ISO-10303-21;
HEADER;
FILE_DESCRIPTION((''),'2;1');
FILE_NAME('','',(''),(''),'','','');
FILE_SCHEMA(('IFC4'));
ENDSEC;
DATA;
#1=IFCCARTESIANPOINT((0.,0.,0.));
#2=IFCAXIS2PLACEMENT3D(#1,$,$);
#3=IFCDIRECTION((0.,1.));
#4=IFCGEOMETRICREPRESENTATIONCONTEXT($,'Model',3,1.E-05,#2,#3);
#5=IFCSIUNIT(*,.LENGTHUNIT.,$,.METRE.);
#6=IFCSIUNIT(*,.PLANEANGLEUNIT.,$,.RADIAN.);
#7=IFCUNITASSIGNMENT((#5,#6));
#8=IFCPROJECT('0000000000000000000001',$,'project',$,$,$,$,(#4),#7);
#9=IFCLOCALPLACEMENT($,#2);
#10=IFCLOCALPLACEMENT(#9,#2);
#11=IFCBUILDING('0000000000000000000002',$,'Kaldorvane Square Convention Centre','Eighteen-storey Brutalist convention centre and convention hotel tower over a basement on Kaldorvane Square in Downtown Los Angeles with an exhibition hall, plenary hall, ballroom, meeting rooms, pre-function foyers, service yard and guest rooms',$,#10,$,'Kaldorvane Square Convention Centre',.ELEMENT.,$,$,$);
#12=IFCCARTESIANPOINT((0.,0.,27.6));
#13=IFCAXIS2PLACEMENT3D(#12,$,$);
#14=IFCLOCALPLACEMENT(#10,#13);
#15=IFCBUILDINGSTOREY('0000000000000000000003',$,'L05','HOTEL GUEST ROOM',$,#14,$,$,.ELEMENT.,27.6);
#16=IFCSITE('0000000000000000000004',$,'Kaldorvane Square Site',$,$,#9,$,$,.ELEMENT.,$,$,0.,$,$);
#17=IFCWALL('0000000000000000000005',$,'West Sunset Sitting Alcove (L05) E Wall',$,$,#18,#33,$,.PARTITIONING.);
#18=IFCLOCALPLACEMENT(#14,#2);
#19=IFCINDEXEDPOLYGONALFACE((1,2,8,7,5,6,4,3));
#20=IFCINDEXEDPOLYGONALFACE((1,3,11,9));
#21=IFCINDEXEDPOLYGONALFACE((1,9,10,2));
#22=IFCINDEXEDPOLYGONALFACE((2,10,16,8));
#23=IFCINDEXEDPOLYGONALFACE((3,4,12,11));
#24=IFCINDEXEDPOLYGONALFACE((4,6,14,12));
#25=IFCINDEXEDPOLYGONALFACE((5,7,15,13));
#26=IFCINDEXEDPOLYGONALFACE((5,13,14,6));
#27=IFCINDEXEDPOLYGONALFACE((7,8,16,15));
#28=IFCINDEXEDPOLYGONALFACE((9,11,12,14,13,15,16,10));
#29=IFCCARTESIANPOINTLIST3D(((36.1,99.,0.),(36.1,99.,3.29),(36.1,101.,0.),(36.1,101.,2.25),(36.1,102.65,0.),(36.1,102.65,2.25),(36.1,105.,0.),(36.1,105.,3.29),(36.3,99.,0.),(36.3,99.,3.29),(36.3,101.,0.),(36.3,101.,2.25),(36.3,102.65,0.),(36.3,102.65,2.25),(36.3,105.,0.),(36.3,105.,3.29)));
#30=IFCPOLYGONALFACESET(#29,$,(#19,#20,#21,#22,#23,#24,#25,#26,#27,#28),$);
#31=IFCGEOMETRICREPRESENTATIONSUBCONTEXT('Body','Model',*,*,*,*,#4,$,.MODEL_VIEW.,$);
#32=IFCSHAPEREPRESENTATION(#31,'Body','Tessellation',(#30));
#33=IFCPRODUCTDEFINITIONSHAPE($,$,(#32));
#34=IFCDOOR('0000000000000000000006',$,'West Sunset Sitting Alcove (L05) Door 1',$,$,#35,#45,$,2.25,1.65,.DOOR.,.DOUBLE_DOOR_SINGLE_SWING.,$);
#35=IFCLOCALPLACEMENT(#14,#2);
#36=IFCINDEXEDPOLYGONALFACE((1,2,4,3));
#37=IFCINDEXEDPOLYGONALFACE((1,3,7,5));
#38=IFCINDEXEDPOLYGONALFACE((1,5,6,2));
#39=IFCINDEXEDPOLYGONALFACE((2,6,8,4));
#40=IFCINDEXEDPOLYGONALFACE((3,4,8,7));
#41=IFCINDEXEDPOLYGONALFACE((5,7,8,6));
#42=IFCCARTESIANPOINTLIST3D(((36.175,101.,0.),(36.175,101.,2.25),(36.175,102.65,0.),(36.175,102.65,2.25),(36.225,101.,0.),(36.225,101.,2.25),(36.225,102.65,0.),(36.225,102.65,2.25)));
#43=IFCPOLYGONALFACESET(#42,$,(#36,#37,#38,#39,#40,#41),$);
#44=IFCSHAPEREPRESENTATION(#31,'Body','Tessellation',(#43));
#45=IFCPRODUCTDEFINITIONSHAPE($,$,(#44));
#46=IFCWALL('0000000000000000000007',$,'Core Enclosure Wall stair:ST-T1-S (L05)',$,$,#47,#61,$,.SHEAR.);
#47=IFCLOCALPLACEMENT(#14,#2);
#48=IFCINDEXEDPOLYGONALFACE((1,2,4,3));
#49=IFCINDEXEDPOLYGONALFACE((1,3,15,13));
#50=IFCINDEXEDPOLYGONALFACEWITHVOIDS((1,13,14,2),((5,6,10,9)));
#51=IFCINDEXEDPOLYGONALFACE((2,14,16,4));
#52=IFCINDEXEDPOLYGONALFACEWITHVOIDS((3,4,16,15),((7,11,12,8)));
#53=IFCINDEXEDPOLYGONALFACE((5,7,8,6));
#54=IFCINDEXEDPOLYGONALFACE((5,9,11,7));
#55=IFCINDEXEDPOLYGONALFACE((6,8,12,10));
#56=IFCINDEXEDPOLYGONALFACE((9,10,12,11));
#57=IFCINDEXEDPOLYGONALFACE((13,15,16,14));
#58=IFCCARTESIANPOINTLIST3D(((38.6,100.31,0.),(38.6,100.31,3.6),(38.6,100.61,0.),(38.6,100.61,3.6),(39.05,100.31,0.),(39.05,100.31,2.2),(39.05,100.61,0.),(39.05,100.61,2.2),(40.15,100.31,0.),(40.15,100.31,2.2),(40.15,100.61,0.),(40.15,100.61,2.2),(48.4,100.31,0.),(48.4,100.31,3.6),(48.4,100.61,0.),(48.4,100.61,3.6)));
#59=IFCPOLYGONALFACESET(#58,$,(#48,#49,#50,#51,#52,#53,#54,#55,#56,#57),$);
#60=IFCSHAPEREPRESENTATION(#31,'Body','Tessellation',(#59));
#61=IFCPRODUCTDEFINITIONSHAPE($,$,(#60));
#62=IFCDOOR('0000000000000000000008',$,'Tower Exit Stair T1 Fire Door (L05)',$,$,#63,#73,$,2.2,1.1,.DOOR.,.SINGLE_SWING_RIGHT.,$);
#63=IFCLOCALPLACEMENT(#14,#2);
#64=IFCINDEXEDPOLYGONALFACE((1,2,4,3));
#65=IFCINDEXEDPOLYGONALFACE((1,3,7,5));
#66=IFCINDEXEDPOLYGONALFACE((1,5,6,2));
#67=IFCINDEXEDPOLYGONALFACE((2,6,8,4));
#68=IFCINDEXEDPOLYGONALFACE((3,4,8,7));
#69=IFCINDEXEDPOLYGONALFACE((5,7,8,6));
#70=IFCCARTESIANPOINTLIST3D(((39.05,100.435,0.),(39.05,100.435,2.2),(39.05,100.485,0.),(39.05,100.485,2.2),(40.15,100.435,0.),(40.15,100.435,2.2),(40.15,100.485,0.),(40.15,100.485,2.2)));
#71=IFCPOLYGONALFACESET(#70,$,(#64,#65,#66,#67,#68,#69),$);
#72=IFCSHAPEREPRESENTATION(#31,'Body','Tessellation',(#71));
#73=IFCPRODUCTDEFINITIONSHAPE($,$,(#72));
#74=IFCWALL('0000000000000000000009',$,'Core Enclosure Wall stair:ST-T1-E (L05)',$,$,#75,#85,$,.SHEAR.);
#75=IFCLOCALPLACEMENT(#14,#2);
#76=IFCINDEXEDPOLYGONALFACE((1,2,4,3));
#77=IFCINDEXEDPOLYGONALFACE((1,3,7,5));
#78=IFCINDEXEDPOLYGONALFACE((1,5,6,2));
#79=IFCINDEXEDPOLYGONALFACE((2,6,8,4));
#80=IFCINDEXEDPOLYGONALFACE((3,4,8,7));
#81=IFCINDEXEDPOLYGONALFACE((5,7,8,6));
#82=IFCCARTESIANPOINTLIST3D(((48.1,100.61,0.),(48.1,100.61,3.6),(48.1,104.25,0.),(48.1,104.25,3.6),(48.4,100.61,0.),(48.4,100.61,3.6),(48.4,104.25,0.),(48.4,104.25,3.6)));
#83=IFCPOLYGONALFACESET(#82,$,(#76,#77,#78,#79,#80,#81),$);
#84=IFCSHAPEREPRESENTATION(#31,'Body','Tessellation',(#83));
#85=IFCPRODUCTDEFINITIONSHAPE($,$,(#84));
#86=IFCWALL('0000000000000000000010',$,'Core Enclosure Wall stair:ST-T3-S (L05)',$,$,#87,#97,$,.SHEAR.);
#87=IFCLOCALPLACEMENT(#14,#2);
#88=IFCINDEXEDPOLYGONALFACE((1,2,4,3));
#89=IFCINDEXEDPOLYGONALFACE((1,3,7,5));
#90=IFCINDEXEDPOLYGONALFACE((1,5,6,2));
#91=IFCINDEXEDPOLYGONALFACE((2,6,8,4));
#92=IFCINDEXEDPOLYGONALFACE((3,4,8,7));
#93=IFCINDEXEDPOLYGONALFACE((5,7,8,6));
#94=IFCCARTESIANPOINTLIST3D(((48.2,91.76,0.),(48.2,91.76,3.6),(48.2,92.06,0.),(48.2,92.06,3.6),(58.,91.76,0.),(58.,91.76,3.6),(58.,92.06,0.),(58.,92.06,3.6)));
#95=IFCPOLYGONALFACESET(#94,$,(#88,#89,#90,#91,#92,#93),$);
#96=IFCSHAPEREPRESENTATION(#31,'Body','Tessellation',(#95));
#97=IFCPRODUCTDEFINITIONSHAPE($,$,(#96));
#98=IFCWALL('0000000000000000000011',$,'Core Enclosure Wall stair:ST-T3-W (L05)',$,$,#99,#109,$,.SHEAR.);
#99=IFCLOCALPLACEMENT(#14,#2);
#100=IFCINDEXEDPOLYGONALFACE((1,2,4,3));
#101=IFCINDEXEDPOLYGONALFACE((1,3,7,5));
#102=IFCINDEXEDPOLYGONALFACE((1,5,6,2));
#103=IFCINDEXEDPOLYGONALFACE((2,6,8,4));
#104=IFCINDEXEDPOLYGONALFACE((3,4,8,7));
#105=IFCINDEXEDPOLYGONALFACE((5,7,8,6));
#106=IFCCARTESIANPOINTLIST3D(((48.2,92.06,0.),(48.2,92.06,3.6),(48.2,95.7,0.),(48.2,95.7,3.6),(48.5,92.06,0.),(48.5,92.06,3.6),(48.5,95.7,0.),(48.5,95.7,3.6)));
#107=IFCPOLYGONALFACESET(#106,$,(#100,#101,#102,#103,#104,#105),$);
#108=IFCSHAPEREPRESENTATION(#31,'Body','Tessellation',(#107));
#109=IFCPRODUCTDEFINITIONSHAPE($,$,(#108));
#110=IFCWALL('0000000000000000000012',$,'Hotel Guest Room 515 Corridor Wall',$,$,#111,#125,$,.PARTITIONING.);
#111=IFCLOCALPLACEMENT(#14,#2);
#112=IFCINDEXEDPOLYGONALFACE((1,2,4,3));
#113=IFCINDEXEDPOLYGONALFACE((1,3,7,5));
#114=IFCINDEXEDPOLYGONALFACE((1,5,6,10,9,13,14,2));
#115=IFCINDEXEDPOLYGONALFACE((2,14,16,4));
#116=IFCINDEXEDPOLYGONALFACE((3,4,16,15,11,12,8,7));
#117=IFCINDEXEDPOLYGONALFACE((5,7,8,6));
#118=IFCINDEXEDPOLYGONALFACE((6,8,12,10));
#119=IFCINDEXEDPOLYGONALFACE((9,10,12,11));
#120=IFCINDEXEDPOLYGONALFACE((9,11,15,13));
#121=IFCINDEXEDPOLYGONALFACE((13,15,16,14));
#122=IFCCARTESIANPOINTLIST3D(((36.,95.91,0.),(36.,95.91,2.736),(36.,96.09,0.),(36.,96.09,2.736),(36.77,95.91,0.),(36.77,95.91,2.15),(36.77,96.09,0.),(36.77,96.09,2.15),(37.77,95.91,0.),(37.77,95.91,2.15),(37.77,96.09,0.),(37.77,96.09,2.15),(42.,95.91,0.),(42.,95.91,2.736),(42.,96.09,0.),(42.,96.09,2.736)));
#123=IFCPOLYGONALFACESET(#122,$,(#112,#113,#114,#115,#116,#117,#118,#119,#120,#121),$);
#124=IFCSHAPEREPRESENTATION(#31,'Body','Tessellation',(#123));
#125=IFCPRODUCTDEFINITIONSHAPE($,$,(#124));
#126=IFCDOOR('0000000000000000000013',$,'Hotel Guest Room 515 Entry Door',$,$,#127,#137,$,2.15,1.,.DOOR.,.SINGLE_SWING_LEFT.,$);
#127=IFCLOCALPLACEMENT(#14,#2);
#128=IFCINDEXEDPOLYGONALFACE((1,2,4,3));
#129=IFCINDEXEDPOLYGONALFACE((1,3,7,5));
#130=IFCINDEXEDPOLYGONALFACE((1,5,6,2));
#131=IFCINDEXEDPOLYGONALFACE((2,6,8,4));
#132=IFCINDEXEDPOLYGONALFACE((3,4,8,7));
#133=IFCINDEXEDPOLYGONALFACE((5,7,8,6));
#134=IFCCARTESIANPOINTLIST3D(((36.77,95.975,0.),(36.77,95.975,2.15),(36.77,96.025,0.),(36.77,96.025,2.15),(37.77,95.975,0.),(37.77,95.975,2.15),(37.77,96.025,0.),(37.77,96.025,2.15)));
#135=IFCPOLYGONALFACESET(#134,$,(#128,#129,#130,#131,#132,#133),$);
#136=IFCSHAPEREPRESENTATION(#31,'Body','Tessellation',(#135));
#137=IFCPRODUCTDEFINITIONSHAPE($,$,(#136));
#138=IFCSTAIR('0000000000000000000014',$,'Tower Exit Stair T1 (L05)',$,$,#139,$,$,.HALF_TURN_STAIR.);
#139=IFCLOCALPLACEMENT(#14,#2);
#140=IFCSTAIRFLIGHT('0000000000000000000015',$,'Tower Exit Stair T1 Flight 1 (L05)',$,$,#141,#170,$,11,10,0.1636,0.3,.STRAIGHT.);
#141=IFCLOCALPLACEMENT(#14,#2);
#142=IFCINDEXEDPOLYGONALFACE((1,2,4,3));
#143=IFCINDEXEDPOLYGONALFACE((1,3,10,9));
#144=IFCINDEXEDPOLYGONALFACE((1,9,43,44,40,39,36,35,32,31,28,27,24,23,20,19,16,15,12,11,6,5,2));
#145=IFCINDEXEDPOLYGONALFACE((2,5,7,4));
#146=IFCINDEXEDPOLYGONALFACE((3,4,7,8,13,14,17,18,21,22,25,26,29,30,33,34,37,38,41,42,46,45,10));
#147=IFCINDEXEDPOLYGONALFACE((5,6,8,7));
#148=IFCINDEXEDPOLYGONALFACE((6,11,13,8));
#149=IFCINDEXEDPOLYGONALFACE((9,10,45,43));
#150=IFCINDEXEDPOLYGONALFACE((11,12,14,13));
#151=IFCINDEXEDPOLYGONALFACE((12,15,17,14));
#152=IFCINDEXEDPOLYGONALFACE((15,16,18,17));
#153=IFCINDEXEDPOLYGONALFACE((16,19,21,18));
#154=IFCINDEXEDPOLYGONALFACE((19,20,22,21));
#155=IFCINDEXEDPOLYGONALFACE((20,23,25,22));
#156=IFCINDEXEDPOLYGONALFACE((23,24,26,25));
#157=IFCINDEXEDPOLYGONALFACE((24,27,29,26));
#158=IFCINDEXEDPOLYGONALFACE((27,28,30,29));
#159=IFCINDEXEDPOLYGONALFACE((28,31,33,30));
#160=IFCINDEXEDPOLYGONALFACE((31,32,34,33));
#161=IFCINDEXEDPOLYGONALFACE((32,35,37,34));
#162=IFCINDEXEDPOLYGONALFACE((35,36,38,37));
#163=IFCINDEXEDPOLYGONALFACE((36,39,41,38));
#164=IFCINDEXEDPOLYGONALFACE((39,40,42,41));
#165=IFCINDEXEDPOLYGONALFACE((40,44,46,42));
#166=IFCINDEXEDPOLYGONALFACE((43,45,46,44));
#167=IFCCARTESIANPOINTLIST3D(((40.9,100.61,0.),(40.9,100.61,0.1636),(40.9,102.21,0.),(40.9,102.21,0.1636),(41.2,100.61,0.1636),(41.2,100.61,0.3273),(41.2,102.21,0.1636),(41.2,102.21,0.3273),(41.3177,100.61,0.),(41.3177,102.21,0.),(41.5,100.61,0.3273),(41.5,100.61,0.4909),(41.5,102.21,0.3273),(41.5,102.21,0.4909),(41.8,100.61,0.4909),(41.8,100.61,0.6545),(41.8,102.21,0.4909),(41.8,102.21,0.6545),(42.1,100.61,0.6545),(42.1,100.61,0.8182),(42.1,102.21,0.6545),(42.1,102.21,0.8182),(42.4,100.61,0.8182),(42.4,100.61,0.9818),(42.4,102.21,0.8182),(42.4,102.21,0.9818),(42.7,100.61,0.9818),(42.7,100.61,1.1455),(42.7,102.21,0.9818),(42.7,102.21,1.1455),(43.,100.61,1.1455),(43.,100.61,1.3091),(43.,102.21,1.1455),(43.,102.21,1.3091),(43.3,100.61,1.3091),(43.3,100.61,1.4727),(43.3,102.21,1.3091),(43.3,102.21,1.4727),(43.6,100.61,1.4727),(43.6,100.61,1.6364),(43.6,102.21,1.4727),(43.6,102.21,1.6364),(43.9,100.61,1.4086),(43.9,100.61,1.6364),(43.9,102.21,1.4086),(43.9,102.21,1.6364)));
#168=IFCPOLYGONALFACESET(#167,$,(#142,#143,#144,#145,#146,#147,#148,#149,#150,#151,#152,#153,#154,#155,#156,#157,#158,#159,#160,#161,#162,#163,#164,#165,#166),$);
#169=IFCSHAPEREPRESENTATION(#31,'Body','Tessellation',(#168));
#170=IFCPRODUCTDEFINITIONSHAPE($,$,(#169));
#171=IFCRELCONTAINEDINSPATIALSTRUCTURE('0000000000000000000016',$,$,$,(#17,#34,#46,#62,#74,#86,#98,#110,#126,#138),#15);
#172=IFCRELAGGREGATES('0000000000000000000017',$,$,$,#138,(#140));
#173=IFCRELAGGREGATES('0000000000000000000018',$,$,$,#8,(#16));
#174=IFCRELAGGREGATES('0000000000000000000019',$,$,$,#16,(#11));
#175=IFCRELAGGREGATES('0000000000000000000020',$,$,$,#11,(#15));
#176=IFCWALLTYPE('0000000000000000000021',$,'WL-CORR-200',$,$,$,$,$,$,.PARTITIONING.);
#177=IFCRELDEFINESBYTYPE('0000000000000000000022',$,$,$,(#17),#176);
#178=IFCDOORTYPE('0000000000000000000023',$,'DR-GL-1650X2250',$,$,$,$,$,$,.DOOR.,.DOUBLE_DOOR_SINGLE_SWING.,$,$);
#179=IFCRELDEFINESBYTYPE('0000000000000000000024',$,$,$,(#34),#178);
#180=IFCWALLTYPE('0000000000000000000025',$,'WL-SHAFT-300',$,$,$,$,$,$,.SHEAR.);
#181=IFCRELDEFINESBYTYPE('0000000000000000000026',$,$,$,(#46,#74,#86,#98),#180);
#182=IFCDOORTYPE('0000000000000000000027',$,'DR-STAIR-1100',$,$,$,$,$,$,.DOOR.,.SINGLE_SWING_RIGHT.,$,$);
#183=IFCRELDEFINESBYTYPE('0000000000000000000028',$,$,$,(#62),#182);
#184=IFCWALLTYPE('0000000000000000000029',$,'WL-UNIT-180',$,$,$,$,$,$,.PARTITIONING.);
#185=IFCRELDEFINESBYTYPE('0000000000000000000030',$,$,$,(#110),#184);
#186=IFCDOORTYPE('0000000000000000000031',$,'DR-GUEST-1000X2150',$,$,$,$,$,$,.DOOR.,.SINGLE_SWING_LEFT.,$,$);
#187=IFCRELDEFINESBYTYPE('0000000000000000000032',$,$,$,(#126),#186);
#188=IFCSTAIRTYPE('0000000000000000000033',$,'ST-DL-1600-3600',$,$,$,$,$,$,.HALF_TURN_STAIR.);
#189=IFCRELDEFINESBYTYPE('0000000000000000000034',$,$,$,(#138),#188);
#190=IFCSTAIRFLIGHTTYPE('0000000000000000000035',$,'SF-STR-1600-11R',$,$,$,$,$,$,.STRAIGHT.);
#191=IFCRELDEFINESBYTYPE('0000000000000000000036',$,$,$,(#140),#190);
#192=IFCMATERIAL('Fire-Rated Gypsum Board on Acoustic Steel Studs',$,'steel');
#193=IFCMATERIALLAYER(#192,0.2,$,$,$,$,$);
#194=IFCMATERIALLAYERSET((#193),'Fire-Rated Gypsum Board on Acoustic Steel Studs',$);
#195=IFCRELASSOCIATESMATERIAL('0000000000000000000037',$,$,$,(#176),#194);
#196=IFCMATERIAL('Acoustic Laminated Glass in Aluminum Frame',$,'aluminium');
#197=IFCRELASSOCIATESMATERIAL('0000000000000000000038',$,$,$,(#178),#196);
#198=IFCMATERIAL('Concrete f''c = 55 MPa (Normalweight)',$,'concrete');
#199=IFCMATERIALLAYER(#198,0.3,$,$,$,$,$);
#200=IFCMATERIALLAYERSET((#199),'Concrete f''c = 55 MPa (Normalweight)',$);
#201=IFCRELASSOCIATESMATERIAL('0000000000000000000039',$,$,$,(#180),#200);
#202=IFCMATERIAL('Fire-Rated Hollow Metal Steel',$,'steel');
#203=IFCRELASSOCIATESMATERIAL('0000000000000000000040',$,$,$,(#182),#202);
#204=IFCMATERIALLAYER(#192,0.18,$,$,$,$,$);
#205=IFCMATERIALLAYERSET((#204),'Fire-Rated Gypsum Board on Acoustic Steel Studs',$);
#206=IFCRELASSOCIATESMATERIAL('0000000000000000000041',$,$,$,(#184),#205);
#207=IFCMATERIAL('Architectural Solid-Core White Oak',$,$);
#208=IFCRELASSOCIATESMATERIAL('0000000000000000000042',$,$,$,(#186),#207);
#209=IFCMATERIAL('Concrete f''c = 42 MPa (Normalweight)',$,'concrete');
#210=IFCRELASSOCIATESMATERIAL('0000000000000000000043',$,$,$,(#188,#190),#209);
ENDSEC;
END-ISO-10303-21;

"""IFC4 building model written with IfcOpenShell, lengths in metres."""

from ifc_helpers import new_model, si_unit, direction, frame, frame_2d, origin, place, context, subcontext, project, spatial, polyline, rectangle, outline, extrude, material, layer, layer_set, type_object, element, fill, aggregate, save


model = new_model("IFC4")

# Units and contexts
model_context = context("Model", 3, precision=1e-05, world=origin(), true_north=direction((0.0, 1.0)))
body_context = subcontext(model_context, "Body", "Model", "MODEL_VIEW")
ifc_project = project(units=[si_unit("LENGTHUNIT", "METRE"), si_unit("PLANEANGLEUNIT", "RADIAN")], contexts=[model_context])

# Site, building, storey
site_placement = place(None, origin())
site = spatial("IfcSite", under=ifc_project, at=site_placement, Name="Kaldorvane Square Site", CompositionType="ELEMENT", RefElevation=0.0)
building_placement = place(site_placement, origin())
building = spatial("IfcBuilding", under=site, at=building_placement, Name="Kaldorvane Square Convention Centre", Description="Eighteen-storey Brutalist convention centre and convention hotel tower over a basement on Kaldorvane Square in Downtown Los Angeles with an exhibition hall, plenary hall, ballroom, meeting rooms, pre-function foyers, service yard and guest rooms", LongName="Kaldorvane Square Convention Centre", CompositionType="ELEMENT")
storey_placement = place(building_placement, frame((0.0, 0.0, 27.6)))
storey = spatial("IfcBuildingStorey", under=building, at=storey_placement, Name="L05", Description="HOTEL GUEST ROOM", CompositionType="ELEMENT", Elevation=27.6)

# Shared definitions
ifc_material_1 = material(Name="Fire-Rated Gypsum Board on Acoustic Steel Studs", Category="steel")
ifc_material_2 = material(Name="Architectural Solid-Core White Oak")

# Walls, openings, doors
ifc_layer_1 = layer(ifc_material_1, 0.2)
ifc_layer_set_1 = layer_set([ifc_layer_1], Name="Fire-Rated Gypsum Board on Acoustic Steel Studs")
wall_type_1 = type_object("IfcWallType", Name="WL-CORR-200", PredefinedType="PARTITIONING", material=ifc_layer_set_1)
ifc_material_3 = material(Name="Acoustic Laminated Glass in Aluminum Frame", Category="aluminium")
wall_1_placement = place(storey_placement, frame((36.2, 99.0, 0.0), z_axis=(0.0, 0.0, 1.0), x_axis=(0.0, 1.0, 0.0)))
wall_1 = element("IfcWall", 1, at=wall_1_placement, inside=storey, type_object=wall_type_1, Name="West Sunset Sitting Alcove (L05) E Wall", PredefinedType="PARTITIONING", context=body_context, shape_type="SweptSolid", body=[
    extrude(rectangle(XDim=6.0, YDim=0.2, at=frame_2d((3.0, 0.0))), origin(), (0.0, 0.0, 1.0), 3.29),
])
opening_1_placement = place(wall_1_placement, frame((2.0, 0.0, 0.0)))
opening_1 = element("IfcOpeningElement", 2, at=opening_1_placement, cuts=wall_1, PredefinedType="OPENING", context=body_context, shape_type="SweptSolid", body=[
    extrude(rectangle(XDim=1.65, YDim=2.25, at=frame_2d((0.825, 1.125))), frame((0.0, 0.115, 0.0), z_axis=(0.0, -1.0, 0.0), x_axis=(1.0, 0.0, 0.0)), (0.0, 0.0, 1.0), 0.23),
])
door_type_1 = type_object("IfcDoorType", Name="DR-GL-1650X2250", OperationType="DOUBLE_DOOR_SINGLE_SWING", PredefinedType="DOOR", material=ifc_material_3)
door_1_placement = place(opening_1_placement, origin())
door_1 = element("IfcDoor", 3, at=door_1_placement, inside=storey, type_object=door_type_1, Name="West Sunset Sitting Alcove (L05) Door 1", OperationType="DOUBLE_DOOR_SINGLE_SWING", OverallHeight=2.25, OverallWidth=1.65, PredefinedType="DOOR", context=body_context, shape_type="SweptSolid", body=[
    extrude(rectangle(XDim=1.65, YDim=2.25, at=frame_2d((0.825, 1.125))), frame((0.0, 0.025, 0.0), z_axis=(0.0, -1.0, 0.0), x_axis=(1.0, 0.0, 0.0)), (0.0, 0.0, 1.0), 0.05),
])
fill(opening_1, door_1)
ifc_material_4 = material(Name="Concrete f'c = 55 MPa (Normalweight)", Category="concrete")
ifc_layer_2 = layer(ifc_material_4, 0.3)
ifc_layer_set_2 = layer_set([ifc_layer_2], Name="Concrete f'c = 55 MPa (Normalweight)")
wall_type_2 = type_object("IfcWallType", Name="WL-SHAFT-300", PredefinedType="SHEAR", material=ifc_layer_set_2)
wall_2_placement = place(storey_placement, frame((38.6, 100.46, 0.0), z_axis=(0.0, 0.0, 1.0), x_axis=(1.0, 0.0, 0.0)))
wall_2 = element("IfcWall", 4, at=wall_2_placement, inside=storey, type_object=wall_type_2, Name="Core Enclosure Wall stair:ST-T1-S (L05)", PredefinedType="SHEAR", context=body_context, shape_type="SweptSolid", body=[
    extrude(rectangle(XDim=9.8, YDim=0.3, at=frame_2d((4.9, 0.0))), origin(), (0.0, 0.0, 1.0), 3.6),
])
opening_2_placement = place(wall_2_placement, frame((0.45, 0.0, 0.0)))
opening_2 = element("IfcOpeningElement", 5, at=opening_2_placement, cuts=wall_2, PredefinedType="OPENING", context=body_context, shape_type="SweptSolid", body=[
    extrude(rectangle(XDim=1.1, YDim=2.2, at=frame_2d((0.55, 1.1))), frame((0.0, 0.165, 0.0), z_axis=(0.0, -1.0, 0.0), x_axis=(1.0, 0.0, 0.0)), (0.0, 0.0, 1.0), 0.33),
])
ifc_material_5 = material(Name="Fire-Rated Hollow Metal Steel", Category="steel")
door_type_2 = type_object("IfcDoorType", Name="DR-STAIR-1100", OperationType="SINGLE_SWING_RIGHT", PredefinedType="DOOR", material=ifc_material_5)
door_2_placement = place(opening_2_placement, origin())
door_2 = element("IfcDoor", 6, at=door_2_placement, inside=storey, type_object=door_type_2, Name="Tower Exit Stair T1 Fire Door (L05)", OperationType="SINGLE_SWING_RIGHT", OverallHeight=2.2, OverallWidth=1.1, PredefinedType="DOOR", context=body_context, shape_type="SweptSolid", body=[
    extrude(rectangle(XDim=1.1, YDim=2.2, at=frame_2d((0.55, 1.1))), frame((0.0, 0.025, 0.0), z_axis=(0.0, -1.0, 0.0), x_axis=(1.0, 0.0, 0.0)), (0.0, 0.0, 1.0), 0.05),
])
fill(opening_2, door_2)

# Walls
wall_3_placement = place(storey_placement, frame((48.25, 100.61, 0.0), z_axis=(0.0, 0.0, 1.0), x_axis=(0.0, 1.0, 0.0)))
element("IfcWall", 7, at=wall_3_placement, inside=storey, type_object=wall_type_2, Name="Core Enclosure Wall stair:ST-T1-E (L05)", PredefinedType="SHEAR", context=body_context, shape_type="SweptSolid", body=[
    extrude(rectangle(XDim=3.64, YDim=0.3, at=frame_2d((1.82, 0.0))), origin(), (0.0, 0.0, 1.0), 3.6),
])
wall_4_placement = place(storey_placement, frame((48.2, 91.91, 0.0), z_axis=(0.0, 0.0, 1.0), x_axis=(1.0, 0.0, 0.0)))
element("IfcWall", 8, at=wall_4_placement, inside=storey, type_object=wall_type_2, Name="Core Enclosure Wall stair:ST-T3-S (L05)", PredefinedType="SHEAR", context=body_context, shape_type="SweptSolid", body=[
    extrude(rectangle(XDim=9.8, YDim=0.3, at=frame_2d((4.9, 0.0))), origin(), (0.0, 0.0, 1.0), 3.6),
])
wall_5_placement = place(storey_placement, frame((48.35, 95.7, 0.0), z_axis=(0.0, 0.0, 1.0), x_axis=(0.0, -1.0, 0.0)))
element("IfcWall", 9, at=wall_5_placement, inside=storey, type_object=wall_type_2, Name="Core Enclosure Wall stair:ST-T3-W (L05)", PredefinedType="SHEAR", context=body_context, shape_type="SweptSolid", body=[
    extrude(rectangle(XDim=3.64, YDim=0.3, at=frame_2d((1.82, 0.0))), origin(), (0.0, 0.0, 1.0), 3.6),
])

# Wall, opening, door
ifc_layer_3 = layer(ifc_material_1, 0.18)
ifc_layer_set_3 = layer_set([ifc_layer_3], Name="Fire-Rated Gypsum Board on Acoustic Steel Studs")
wall_type_3 = type_object("IfcWallType", Name="WL-UNIT-180", PredefinedType="PARTITIONING", material=ifc_layer_set_3)
wall_6_placement = place(storey_placement, frame((36.0, 96.0, 0.0), z_axis=(0.0, 0.0, 1.0), x_axis=(1.0, 0.0, 0.0)))
wall_6 = element("IfcWall", 10, at=wall_6_placement, inside=storey, type_object=wall_type_3, Name="Hotel Guest Room 515 Corridor Wall", PredefinedType="PARTITIONING", context=body_context, shape_type="SweptSolid", body=[
    extrude(rectangle(XDim=6.0, YDim=0.18, at=frame_2d((3.0, 0.0))), origin(), (0.0, 0.0, 1.0), 2.736),
])
opening_3_placement = place(wall_6_placement, frame((0.77, 0.0, 0.0)))
opening_3 = element("IfcOpeningElement", 11, at=opening_3_placement, cuts=wall_6, PredefinedType="OPENING", context=body_context, shape_type="SweptSolid", body=[
    extrude(rectangle(XDim=1.0, YDim=2.15, at=frame_2d((0.5, 1.075))), frame((0.0, 0.105, 0.0), z_axis=(0.0, -1.0, 0.0), x_axis=(1.0, 0.0, 0.0)), (0.0, 0.0, 1.0), 0.21),
])
door_type_3 = type_object("IfcDoorType", Name="DR-GUEST-1000X2150", OperationType="SINGLE_SWING_LEFT", PredefinedType="DOOR", material=ifc_material_2)
door_3_placement = place(opening_3_placement, origin())
door_3 = element("IfcDoor", 12, at=door_3_placement, inside=storey, type_object=door_type_3, Name="Hotel Guest Room 515 Entry Door", OperationType="SINGLE_SWING_LEFT", OverallHeight=2.15, OverallWidth=1.0, PredefinedType="DOOR", context=body_context, shape_type="SweptSolid", body=[
    extrude(rectangle(XDim=1.0, YDim=2.15, at=frame_2d((0.5, 1.075))), frame((0.0, 0.025, 0.0), z_axis=(0.0, -1.0, 0.0), x_axis=(1.0, 0.0, 0.0)), (0.0, 0.0, 1.0), 0.05),
])
fill(opening_3, door_3)

# Stair, stair flight
ifc_material_6 = material(Name="Concrete f'c = 42 MPa (Normalweight)", Category="concrete")
stair_type = type_object("IfcStairType", Name="ST-DL-1600-3600", PredefinedType="HALF_TURN_STAIR", material=ifc_material_6)
stair_1_placement = place(storey_placement, origin())
stair_1 = element("IfcStair", 13, at=stair_1_placement, inside=storey, type_object=stair_type, Name="Tower Exit Stair T1 (L05)", PredefinedType="HALF_TURN_STAIR")
stair_flight_type = type_object("IfcStairFlightType", Name="SF-STR-1600-11R", PredefinedType="STRAIGHT", material=ifc_material_6)
stair_flight_1_placement = place(storey_placement, frame((40.9, 101.41, 0.0), z_axis=(0.0, 0.0, 1.0), x_axis=(1.0, 0.0, 0.0)))
stair_flight_1 = element("IfcStairFlight", 14, at=stair_flight_1_placement, type_object=stair_flight_type, Name="Tower Exit Stair T1 Flight 1 (L05)", NumberOfRisers=11, NumberOfTreads=10, PredefinedType="STRAIGHT", RiserHeight=0.1636, TreadLength=0.3, context=body_context, shape_type="SweptSolid", body=[
    extrude(outline(polyline([(0.0, 0.0), (0.0, 0.1636), (0.3, 0.1636), (0.3, 0.3273), (0.6, 0.3273), (0.6, 0.4909), (0.9, 0.4909), (0.9, 0.6545), (1.2, 0.6545), (1.2, 0.8182), (1.5, 0.8182), (1.5, 0.9818), (1.8, 0.9818), (1.8, 1.1455), (2.1, 1.1455), (2.1, 1.3091), (2.4, 1.3091), (2.4, 1.4727), (2.7, 1.4727), (2.7, 1.6364), (3.0, 1.6364), (3.0, 1.8), (3.0, 1.4086), (0.4177, 0.0), (0.0, 0.0)])), frame((0.0, 0.8, 0.0), z_axis=(0.0, -1.0, 0.0), x_axis=(1.0, 0.0, 0.0)), (0.0, 0.0, 1.0), 1.6),
])
aggregate(stair_1, [stair_flight_1])

save(model, "model.ifc")
